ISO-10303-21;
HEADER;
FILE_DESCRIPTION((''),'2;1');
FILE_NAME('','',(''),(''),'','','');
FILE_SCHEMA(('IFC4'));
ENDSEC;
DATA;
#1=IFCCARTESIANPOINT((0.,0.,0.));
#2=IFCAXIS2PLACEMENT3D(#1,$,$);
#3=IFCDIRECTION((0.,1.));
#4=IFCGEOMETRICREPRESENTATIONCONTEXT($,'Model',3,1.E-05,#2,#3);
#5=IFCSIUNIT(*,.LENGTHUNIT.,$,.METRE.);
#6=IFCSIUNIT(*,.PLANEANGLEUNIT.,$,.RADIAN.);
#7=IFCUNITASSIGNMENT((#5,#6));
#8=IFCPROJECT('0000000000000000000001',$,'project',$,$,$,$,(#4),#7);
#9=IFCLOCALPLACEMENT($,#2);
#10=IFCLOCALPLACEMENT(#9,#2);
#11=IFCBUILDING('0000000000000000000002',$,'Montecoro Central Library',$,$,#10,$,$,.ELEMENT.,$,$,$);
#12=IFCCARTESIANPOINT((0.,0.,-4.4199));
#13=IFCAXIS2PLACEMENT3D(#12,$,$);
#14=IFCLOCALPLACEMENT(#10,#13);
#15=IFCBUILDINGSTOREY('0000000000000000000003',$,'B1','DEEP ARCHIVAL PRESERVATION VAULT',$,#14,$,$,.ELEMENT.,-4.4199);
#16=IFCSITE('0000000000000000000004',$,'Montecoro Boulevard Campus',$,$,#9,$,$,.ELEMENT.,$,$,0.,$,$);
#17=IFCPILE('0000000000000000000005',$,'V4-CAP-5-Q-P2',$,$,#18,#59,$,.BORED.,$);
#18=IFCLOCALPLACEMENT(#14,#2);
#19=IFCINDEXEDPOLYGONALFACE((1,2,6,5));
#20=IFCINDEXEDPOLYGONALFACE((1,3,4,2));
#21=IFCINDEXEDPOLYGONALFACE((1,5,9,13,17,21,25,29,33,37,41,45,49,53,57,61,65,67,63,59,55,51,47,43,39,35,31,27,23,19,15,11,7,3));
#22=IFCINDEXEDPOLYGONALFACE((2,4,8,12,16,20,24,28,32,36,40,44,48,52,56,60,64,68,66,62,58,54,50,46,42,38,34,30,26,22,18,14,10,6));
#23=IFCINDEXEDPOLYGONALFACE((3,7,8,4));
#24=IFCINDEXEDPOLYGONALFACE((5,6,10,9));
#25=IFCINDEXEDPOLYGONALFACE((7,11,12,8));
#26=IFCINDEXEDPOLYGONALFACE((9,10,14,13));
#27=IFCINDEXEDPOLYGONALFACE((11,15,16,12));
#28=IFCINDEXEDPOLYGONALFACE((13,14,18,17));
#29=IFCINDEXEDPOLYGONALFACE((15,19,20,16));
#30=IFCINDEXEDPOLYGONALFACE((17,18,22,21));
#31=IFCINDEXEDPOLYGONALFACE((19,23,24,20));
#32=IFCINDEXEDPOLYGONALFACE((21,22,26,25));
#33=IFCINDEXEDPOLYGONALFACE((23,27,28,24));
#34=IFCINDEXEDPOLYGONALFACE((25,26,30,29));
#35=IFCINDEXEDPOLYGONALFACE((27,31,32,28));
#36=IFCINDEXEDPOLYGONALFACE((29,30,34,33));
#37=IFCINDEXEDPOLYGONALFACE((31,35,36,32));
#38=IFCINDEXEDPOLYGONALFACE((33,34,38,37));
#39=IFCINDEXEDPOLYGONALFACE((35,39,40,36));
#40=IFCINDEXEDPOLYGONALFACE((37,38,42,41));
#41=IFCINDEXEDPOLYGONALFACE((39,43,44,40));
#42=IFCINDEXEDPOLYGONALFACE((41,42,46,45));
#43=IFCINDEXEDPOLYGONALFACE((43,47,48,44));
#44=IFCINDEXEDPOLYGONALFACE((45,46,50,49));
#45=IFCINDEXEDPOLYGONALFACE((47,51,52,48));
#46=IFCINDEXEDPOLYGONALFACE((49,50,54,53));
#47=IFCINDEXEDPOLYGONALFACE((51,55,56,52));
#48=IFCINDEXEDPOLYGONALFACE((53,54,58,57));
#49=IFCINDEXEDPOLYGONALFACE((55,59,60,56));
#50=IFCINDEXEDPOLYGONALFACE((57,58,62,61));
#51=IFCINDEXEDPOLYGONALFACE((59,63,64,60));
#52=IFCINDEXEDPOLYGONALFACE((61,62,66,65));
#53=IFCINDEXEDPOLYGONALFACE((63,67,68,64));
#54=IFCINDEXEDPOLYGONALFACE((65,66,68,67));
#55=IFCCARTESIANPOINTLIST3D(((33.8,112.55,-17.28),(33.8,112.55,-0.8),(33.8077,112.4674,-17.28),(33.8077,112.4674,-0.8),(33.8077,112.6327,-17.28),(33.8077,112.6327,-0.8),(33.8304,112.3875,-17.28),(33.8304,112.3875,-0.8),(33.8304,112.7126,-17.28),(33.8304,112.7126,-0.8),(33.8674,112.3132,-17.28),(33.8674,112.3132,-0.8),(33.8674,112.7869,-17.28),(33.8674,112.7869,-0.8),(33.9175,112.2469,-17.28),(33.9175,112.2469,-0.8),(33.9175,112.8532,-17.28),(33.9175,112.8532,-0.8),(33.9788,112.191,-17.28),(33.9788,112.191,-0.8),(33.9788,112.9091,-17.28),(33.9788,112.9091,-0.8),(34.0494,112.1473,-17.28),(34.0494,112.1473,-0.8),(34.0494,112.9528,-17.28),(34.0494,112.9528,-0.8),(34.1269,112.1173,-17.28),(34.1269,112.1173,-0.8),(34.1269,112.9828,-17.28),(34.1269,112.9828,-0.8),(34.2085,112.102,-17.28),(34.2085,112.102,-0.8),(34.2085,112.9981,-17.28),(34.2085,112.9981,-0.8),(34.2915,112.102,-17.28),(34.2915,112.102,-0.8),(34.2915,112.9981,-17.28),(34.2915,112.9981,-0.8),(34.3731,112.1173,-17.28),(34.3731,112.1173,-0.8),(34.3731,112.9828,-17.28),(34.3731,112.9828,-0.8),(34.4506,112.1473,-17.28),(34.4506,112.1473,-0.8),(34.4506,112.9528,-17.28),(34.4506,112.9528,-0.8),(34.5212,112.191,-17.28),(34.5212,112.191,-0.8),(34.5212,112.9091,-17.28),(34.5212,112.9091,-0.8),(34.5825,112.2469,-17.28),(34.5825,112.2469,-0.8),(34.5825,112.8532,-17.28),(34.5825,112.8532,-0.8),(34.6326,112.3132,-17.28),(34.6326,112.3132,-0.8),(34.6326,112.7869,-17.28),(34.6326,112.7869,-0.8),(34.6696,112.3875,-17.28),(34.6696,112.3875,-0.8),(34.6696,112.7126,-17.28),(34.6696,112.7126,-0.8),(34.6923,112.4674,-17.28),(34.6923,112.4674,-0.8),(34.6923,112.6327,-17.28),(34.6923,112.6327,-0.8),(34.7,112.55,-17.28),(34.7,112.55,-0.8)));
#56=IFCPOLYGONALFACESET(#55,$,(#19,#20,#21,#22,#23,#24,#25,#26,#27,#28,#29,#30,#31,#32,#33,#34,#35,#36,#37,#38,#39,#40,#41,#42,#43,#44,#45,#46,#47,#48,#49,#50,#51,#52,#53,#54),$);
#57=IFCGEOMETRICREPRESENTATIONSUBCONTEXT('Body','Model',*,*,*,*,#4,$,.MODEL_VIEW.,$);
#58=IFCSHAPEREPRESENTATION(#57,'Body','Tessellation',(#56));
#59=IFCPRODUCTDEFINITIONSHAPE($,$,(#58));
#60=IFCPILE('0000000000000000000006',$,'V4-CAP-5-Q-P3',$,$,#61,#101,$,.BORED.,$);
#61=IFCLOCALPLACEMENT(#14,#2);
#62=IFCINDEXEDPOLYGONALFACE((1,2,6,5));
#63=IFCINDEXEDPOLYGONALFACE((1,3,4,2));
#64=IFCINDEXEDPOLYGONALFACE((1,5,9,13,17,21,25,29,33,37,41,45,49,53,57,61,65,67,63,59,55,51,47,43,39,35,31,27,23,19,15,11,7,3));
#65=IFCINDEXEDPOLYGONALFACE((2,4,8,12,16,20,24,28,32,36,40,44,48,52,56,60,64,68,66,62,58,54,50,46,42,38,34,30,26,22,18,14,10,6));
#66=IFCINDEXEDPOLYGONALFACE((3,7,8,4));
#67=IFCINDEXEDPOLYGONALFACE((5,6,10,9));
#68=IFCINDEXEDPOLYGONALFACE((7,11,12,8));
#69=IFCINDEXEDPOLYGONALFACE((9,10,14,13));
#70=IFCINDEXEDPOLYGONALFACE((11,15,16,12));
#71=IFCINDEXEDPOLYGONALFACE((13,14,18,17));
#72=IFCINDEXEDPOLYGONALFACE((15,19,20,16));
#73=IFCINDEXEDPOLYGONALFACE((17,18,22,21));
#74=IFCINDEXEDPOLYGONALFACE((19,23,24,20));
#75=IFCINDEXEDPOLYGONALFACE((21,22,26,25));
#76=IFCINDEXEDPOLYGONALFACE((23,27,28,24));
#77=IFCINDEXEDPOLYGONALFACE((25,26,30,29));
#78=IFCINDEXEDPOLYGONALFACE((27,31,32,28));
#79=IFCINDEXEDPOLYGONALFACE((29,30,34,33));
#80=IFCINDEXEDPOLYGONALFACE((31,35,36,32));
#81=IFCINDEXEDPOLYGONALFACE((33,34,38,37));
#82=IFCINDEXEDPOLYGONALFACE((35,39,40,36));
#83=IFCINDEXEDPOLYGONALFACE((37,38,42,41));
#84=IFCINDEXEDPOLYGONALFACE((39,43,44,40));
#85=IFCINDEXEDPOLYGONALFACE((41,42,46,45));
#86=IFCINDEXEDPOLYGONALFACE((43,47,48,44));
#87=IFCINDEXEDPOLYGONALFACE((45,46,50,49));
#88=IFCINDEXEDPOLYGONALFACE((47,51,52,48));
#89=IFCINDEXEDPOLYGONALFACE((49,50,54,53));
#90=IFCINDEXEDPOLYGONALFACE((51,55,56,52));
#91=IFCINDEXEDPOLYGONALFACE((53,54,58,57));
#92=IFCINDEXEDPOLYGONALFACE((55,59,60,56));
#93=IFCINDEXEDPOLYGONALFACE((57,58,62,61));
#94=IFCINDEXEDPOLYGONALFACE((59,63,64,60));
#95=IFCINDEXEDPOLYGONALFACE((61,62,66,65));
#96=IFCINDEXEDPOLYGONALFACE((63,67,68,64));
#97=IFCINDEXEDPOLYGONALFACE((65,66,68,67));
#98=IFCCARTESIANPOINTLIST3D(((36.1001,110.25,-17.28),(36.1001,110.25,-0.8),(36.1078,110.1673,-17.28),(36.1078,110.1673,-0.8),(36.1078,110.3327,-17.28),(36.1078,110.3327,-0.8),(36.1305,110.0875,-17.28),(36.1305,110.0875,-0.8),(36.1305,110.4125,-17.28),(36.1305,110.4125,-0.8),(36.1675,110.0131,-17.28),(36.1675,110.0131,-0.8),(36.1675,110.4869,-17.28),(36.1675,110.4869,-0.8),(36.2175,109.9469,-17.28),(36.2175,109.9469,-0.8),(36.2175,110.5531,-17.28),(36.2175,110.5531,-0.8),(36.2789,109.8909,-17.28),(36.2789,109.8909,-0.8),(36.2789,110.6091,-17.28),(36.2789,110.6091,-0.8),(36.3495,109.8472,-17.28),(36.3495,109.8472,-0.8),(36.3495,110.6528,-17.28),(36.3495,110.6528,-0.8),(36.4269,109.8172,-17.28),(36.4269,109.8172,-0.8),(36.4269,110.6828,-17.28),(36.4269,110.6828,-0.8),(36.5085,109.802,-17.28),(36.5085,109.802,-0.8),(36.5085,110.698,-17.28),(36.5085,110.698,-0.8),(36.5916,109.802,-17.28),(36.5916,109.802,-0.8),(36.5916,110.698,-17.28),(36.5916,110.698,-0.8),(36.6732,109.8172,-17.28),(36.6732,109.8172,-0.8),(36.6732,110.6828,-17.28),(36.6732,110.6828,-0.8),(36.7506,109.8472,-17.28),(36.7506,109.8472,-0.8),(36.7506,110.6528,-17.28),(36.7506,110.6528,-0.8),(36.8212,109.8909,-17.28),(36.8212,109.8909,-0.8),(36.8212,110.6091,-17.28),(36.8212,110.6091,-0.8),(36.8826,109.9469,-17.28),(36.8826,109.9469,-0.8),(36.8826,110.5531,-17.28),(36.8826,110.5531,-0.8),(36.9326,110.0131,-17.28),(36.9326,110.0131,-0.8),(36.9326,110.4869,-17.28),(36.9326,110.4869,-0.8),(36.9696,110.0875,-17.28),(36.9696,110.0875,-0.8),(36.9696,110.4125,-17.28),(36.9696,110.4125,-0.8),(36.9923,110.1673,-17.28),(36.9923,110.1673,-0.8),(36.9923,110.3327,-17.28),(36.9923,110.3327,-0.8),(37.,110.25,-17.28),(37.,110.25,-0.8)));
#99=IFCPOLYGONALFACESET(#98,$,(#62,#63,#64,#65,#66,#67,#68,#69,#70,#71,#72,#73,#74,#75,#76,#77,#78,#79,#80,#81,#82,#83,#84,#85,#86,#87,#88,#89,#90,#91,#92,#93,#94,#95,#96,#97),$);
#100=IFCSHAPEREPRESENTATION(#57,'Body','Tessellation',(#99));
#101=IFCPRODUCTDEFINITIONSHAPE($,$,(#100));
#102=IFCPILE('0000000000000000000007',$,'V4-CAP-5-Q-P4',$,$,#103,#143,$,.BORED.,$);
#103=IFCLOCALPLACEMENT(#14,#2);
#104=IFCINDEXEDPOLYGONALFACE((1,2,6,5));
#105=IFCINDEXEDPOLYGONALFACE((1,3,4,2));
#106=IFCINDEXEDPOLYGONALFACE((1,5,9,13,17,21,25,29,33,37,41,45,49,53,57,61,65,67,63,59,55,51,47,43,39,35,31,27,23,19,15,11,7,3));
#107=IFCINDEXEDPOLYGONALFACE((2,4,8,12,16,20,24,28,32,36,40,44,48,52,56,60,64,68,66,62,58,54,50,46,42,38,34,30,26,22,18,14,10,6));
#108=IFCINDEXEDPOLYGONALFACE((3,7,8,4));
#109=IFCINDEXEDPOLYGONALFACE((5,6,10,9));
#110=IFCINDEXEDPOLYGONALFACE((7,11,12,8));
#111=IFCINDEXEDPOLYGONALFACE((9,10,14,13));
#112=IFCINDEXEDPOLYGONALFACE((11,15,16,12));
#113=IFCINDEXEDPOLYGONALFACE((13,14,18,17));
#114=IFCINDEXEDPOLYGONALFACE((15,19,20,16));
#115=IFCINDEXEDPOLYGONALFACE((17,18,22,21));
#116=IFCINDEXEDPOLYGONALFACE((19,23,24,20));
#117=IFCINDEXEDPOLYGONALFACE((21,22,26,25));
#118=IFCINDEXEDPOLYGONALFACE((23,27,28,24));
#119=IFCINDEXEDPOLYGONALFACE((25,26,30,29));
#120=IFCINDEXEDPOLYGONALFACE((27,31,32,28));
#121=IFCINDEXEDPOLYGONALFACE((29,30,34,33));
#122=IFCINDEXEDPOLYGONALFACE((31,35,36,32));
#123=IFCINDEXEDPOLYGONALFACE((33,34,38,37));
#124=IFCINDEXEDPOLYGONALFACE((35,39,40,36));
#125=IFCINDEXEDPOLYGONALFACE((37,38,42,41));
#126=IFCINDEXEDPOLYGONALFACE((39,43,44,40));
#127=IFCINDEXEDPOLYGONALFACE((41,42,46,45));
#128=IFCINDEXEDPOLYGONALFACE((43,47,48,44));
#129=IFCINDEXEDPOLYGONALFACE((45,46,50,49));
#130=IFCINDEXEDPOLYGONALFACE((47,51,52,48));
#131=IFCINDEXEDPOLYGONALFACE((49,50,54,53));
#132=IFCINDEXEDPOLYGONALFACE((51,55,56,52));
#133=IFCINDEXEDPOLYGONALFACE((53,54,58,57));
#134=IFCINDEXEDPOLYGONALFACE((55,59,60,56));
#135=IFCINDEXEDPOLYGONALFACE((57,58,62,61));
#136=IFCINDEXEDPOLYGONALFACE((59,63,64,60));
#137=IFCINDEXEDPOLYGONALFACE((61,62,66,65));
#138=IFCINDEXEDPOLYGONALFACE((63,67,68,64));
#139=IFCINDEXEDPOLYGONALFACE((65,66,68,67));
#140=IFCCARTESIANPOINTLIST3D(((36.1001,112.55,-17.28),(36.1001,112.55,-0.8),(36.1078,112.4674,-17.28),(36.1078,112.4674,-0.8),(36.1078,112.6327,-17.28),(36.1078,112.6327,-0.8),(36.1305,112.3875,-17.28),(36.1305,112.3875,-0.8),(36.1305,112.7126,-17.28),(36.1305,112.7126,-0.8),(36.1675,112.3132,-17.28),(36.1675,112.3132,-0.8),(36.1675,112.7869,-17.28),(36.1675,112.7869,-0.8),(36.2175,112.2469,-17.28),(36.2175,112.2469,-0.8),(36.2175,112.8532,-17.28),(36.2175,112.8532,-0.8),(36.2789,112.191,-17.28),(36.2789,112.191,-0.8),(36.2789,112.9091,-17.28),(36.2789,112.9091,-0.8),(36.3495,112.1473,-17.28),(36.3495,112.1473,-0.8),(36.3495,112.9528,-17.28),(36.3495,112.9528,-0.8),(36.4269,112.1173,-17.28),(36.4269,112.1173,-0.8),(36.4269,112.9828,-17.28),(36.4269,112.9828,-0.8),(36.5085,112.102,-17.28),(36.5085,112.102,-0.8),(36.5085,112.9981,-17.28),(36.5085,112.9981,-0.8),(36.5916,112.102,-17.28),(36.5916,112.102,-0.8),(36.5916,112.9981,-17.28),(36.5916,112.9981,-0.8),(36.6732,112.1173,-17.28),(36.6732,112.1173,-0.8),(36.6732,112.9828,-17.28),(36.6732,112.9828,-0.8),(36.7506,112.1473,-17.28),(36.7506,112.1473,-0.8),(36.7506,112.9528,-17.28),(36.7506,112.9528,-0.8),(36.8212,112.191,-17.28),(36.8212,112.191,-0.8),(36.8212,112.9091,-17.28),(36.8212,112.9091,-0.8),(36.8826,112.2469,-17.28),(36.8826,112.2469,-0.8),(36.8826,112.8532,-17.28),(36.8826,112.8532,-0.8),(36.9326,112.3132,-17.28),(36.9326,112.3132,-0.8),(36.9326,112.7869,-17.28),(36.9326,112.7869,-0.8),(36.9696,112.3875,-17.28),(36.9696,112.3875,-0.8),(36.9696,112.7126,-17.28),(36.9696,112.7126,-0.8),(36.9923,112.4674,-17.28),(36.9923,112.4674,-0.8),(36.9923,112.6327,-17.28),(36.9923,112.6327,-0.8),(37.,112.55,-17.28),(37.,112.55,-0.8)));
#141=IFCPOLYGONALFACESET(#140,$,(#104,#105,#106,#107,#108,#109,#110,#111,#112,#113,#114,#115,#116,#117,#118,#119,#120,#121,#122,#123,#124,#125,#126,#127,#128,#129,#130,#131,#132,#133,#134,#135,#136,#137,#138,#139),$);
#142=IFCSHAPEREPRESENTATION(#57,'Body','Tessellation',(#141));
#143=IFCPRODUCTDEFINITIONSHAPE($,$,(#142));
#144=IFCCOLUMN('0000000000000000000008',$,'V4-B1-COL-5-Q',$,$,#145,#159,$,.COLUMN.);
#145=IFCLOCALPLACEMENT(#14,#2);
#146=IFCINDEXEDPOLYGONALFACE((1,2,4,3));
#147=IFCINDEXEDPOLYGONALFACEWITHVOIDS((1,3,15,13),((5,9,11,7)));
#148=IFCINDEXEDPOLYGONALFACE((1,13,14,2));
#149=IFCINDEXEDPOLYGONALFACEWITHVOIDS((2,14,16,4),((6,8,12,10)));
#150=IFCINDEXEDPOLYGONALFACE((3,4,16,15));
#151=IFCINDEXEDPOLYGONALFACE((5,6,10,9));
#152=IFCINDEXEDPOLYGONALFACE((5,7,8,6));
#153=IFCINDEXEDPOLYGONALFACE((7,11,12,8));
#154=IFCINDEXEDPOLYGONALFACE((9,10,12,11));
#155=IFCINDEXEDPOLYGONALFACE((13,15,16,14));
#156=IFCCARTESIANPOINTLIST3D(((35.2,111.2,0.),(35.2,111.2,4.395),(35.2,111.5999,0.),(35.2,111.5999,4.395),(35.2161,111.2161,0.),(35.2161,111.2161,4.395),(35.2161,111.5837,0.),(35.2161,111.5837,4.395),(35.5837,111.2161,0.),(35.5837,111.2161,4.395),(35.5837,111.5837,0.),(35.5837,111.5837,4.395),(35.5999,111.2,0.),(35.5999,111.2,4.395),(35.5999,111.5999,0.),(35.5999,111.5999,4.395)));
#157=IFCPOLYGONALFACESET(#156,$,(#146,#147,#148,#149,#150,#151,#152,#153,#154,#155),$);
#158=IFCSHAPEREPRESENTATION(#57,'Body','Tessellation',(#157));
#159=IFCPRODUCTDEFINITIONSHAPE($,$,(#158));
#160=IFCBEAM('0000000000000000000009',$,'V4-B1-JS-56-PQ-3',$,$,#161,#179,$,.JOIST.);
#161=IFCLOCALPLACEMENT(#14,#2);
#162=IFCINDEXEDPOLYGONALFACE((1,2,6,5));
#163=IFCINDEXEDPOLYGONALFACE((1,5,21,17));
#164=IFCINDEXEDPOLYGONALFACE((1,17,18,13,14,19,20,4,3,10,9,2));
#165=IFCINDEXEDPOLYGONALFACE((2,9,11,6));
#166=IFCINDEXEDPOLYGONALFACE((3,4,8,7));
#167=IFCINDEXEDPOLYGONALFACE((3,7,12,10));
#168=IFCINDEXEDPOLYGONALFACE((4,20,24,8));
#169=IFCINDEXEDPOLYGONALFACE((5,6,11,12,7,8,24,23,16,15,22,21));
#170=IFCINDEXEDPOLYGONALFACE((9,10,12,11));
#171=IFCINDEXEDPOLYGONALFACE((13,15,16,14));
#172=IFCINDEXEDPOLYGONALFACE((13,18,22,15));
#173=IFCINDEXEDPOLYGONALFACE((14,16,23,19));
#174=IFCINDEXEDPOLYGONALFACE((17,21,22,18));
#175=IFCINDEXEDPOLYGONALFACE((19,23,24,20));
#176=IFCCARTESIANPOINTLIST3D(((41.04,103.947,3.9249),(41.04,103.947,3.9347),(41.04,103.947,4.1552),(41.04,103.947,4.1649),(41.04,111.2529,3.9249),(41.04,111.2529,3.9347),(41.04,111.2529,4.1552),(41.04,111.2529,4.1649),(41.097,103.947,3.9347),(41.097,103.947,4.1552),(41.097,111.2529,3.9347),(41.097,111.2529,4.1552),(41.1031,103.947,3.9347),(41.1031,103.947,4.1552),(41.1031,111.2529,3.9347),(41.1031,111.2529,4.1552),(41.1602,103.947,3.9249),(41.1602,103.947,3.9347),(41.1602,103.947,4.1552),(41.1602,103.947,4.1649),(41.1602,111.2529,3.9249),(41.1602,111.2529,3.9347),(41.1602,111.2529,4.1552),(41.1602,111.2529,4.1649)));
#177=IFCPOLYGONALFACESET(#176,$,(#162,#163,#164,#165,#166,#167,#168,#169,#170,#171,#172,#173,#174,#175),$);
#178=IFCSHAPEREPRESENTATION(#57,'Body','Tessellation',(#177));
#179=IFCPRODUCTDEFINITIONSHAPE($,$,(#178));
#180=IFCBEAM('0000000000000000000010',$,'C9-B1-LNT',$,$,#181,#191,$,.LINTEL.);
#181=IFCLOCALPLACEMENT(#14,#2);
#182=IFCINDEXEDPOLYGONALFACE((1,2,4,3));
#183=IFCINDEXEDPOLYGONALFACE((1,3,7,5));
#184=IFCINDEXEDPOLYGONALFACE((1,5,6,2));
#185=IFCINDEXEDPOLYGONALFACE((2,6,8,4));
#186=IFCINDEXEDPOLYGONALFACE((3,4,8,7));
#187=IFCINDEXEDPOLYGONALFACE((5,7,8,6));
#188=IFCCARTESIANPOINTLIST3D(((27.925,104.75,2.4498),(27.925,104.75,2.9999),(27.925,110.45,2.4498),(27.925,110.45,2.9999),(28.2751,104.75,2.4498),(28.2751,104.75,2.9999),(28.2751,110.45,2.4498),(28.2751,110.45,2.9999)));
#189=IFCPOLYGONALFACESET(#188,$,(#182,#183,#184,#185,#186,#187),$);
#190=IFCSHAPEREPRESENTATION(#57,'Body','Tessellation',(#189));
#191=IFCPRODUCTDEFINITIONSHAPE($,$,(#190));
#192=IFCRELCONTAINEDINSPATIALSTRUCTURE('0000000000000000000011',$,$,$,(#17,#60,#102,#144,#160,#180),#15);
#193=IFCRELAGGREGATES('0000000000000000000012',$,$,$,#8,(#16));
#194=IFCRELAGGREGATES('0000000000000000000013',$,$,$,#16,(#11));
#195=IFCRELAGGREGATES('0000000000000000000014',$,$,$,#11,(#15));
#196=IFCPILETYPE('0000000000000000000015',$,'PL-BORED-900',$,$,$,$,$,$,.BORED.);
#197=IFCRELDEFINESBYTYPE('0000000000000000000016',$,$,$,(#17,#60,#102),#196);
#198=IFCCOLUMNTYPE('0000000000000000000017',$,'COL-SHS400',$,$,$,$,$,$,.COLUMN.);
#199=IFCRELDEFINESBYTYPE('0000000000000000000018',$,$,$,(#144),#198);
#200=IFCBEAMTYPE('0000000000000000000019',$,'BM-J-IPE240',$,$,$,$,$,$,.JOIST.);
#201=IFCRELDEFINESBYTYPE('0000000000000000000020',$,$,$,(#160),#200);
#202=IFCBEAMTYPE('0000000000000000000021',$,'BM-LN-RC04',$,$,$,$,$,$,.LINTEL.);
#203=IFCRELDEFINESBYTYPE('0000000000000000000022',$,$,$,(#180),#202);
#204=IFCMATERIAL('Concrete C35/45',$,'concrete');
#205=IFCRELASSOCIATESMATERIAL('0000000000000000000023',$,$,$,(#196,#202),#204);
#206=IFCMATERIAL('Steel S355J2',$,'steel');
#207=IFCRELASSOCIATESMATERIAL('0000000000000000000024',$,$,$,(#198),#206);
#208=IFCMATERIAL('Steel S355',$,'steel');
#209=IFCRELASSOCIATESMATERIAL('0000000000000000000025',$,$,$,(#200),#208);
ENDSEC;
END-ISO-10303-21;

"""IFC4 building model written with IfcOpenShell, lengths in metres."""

from ifc_helpers import new_model, si_unit, direction, frame, origin, origin_2d, place, context, subcontext, project, spatial, rectangle, hollow_rectangle, circle, i_section, extrude, material, material_profile, profile_set, type_object, element, save


model = new_model("IFC4")

# Units and contexts
model_context = context("Model", 3, precision=1e-05, world=origin(), true_north=direction((0.0, 1.0)))
body_context = subcontext(model_context, "Body", "Model", "MODEL_VIEW")
ifc_project = project(units=[si_unit("LENGTHUNIT", "METRE"), si_unit("PLANEANGLEUNIT", "RADIAN")], contexts=[model_context])

# Site, building, storey
site_placement = place(None, origin())
site = spatial("IfcSite", under=ifc_project, at=site_placement, Name="Montecoro Boulevard Campus", CompositionType="ELEMENT", RefElevation=0.0)
building_placement = place(site_placement, origin())
building = spatial("IfcBuilding", under=site, at=building_placement, Name="Montecoro Central Library", CompositionType="ELEMENT")
storey_placement = place(building_placement, frame((0.0, 0.0, -4.4199)))
storey = spatial("IfcBuildingStorey", under=building, at=storey_placement, Name="B1", Description="DEEP ARCHIVAL PRESERVATION VAULT", CompositionType="ELEMENT", Elevation=-4.4199)

# Shared definitions
ifc_material_1 = material(Name="Concrete C35/45", Category="concrete")

# Piles
ifc_material_profile_1 = material_profile(ifc_material_1, circle(Radius=0.45, at=origin_2d()), Name="PILE D900")
ifc_profile_set_1 = profile_set([ifc_material_profile_1], Name="Concrete C35/45")
pile_type_1 = type_object("IfcPileType", Name="PL-BORED-900", PredefinedType="BORED", material=ifc_profile_set_1)
for number, where, z_axis, x_axis, name in (
    (1, (34.25, 112.55, -0.8), (0.0, 0.0, -1.0), (1.0, 0.0, 0.0), "V4-CAP-5-Q-P2"),
    (2, (36.55, 110.25, -0.8), (0.0, 0.0, -1.0), (1.0, 0.0, 0.0), "V4-CAP-5-Q-P3"),
    (3, (36.55, 112.55, -0.8), (0.0, 0.0, -1.0), (1.0, 0.0, 0.0), "V4-CAP-5-Q-P4"),
):
    element("IfcPile", number, at=place(storey_placement, frame(where, z_axis=z_axis, x_axis=x_axis)), inside=storey, type_object=pile_type_1, Name=name, PredefinedType="BORED", context=body_context, shape_type="SweptSolid", body=[
        extrude(circle(Radius=0.45, at=origin_2d()), origin(), (0.0, 0.0, 1.0), 16.48),
    ])

# Column
ifc_material_2 = material(Name="Steel S355J2", Category="steel")
ifc_material_profile_2 = material_profile(ifc_material_2, hollow_rectangle(XDim=0.3999, YDim=0.3999, WallThickness=0.0161, at=origin_2d()), Name="SHS 400x400x16.0")
ifc_profile_set_2 = profile_set([ifc_material_profile_2], Name="Steel S355J2")
column_type = type_object("IfcColumnType", Name="COL-SHS400", PredefinedType="COLUMN", material=ifc_profile_set_2)
column_placement = place(storey_placement, frame((35.3999, 111.3999, 0.0), z_axis=(0.0, 0.0, 1.0), x_axis=(1.0, 0.0, 0.0)))
element("IfcColumn", 4, at=column_placement, inside=storey, type_object=column_type, Name="V4-B1-COL-5-Q", PredefinedType="COLUMN", context=body_context, shape_type="SweptSolid", body=[
    extrude(hollow_rectangle(XDim=0.3999, YDim=0.3999, WallThickness=0.0161, at=origin_2d()), origin(), (0.0, 0.0, 1.0), 4.395),
])

# Beams
ifc_material_3 = material(Name="Steel S355", Category="steel")
ifc_material_profile_3 = material_profile(ifc_material_3, i_section(OverallWidth=0.1201, OverallDepth=0.24, WebThickness=0.0061, FlangeThickness=0.0098, at=origin_2d()), Name="IPE 240")
ifc_profile_set_3 = profile_set([ifc_material_profile_3], Name="Steel S355")
beam_type_1 = type_object("IfcBeamType", Name="BM-J-IPE240", PredefinedType="JOIST", material=ifc_profile_set_3)
beam_1_placement = place(storey_placement, frame((41.1001, 103.947, 4.0449), z_axis=(0.0, 1.0, 0.0), x_axis=(-1.0, 0.0, 0.0)))
element("IfcBeam", 5, at=beam_1_placement, inside=storey, type_object=beam_type_1, Name="V4-B1-JS-56-PQ-3", PredefinedType="JOIST", context=body_context, shape_type="SweptSolid", body=[
    extrude(i_section(OverallWidth=0.1201, OverallDepth=0.24, WebThickness=0.0061, FlangeThickness=0.0098, at=origin_2d()), origin(), (0.0, 0.0, 1.0), 7.3059),
])
ifc_material_profile_4 = material_profile(ifc_material_1, rectangle(XDim=0.3501, YDim=0.55, at=origin_2d()), Name="RC LNT 550x350")
ifc_profile_set_4 = profile_set([ifc_material_profile_4], Name="Concrete C35/45")
beam_type_2 = type_object("IfcBeamType", Name="BM-LN-RC04", PredefinedType="LINTEL", material=ifc_profile_set_4)
beam_2_placement = place(storey_placement, frame((28.1001, 104.75, 2.7249), z_axis=(0.0, 1.0, 0.0), x_axis=(-1.0, 0.0, 0.0)))
element("IfcBeam", 6, at=beam_2_placement, inside=storey, type_object=beam_type_2, Name="C9-B1-LNT", PredefinedType="LINTEL", context=body_context, shape_type="SweptSolid", body=[
    extrude(rectangle(XDim=0.3501, YDim=0.55, at=origin_2d()), origin(), (0.0, 0.0, 1.0), 5.7),
])

save(model, "model.ifc")
